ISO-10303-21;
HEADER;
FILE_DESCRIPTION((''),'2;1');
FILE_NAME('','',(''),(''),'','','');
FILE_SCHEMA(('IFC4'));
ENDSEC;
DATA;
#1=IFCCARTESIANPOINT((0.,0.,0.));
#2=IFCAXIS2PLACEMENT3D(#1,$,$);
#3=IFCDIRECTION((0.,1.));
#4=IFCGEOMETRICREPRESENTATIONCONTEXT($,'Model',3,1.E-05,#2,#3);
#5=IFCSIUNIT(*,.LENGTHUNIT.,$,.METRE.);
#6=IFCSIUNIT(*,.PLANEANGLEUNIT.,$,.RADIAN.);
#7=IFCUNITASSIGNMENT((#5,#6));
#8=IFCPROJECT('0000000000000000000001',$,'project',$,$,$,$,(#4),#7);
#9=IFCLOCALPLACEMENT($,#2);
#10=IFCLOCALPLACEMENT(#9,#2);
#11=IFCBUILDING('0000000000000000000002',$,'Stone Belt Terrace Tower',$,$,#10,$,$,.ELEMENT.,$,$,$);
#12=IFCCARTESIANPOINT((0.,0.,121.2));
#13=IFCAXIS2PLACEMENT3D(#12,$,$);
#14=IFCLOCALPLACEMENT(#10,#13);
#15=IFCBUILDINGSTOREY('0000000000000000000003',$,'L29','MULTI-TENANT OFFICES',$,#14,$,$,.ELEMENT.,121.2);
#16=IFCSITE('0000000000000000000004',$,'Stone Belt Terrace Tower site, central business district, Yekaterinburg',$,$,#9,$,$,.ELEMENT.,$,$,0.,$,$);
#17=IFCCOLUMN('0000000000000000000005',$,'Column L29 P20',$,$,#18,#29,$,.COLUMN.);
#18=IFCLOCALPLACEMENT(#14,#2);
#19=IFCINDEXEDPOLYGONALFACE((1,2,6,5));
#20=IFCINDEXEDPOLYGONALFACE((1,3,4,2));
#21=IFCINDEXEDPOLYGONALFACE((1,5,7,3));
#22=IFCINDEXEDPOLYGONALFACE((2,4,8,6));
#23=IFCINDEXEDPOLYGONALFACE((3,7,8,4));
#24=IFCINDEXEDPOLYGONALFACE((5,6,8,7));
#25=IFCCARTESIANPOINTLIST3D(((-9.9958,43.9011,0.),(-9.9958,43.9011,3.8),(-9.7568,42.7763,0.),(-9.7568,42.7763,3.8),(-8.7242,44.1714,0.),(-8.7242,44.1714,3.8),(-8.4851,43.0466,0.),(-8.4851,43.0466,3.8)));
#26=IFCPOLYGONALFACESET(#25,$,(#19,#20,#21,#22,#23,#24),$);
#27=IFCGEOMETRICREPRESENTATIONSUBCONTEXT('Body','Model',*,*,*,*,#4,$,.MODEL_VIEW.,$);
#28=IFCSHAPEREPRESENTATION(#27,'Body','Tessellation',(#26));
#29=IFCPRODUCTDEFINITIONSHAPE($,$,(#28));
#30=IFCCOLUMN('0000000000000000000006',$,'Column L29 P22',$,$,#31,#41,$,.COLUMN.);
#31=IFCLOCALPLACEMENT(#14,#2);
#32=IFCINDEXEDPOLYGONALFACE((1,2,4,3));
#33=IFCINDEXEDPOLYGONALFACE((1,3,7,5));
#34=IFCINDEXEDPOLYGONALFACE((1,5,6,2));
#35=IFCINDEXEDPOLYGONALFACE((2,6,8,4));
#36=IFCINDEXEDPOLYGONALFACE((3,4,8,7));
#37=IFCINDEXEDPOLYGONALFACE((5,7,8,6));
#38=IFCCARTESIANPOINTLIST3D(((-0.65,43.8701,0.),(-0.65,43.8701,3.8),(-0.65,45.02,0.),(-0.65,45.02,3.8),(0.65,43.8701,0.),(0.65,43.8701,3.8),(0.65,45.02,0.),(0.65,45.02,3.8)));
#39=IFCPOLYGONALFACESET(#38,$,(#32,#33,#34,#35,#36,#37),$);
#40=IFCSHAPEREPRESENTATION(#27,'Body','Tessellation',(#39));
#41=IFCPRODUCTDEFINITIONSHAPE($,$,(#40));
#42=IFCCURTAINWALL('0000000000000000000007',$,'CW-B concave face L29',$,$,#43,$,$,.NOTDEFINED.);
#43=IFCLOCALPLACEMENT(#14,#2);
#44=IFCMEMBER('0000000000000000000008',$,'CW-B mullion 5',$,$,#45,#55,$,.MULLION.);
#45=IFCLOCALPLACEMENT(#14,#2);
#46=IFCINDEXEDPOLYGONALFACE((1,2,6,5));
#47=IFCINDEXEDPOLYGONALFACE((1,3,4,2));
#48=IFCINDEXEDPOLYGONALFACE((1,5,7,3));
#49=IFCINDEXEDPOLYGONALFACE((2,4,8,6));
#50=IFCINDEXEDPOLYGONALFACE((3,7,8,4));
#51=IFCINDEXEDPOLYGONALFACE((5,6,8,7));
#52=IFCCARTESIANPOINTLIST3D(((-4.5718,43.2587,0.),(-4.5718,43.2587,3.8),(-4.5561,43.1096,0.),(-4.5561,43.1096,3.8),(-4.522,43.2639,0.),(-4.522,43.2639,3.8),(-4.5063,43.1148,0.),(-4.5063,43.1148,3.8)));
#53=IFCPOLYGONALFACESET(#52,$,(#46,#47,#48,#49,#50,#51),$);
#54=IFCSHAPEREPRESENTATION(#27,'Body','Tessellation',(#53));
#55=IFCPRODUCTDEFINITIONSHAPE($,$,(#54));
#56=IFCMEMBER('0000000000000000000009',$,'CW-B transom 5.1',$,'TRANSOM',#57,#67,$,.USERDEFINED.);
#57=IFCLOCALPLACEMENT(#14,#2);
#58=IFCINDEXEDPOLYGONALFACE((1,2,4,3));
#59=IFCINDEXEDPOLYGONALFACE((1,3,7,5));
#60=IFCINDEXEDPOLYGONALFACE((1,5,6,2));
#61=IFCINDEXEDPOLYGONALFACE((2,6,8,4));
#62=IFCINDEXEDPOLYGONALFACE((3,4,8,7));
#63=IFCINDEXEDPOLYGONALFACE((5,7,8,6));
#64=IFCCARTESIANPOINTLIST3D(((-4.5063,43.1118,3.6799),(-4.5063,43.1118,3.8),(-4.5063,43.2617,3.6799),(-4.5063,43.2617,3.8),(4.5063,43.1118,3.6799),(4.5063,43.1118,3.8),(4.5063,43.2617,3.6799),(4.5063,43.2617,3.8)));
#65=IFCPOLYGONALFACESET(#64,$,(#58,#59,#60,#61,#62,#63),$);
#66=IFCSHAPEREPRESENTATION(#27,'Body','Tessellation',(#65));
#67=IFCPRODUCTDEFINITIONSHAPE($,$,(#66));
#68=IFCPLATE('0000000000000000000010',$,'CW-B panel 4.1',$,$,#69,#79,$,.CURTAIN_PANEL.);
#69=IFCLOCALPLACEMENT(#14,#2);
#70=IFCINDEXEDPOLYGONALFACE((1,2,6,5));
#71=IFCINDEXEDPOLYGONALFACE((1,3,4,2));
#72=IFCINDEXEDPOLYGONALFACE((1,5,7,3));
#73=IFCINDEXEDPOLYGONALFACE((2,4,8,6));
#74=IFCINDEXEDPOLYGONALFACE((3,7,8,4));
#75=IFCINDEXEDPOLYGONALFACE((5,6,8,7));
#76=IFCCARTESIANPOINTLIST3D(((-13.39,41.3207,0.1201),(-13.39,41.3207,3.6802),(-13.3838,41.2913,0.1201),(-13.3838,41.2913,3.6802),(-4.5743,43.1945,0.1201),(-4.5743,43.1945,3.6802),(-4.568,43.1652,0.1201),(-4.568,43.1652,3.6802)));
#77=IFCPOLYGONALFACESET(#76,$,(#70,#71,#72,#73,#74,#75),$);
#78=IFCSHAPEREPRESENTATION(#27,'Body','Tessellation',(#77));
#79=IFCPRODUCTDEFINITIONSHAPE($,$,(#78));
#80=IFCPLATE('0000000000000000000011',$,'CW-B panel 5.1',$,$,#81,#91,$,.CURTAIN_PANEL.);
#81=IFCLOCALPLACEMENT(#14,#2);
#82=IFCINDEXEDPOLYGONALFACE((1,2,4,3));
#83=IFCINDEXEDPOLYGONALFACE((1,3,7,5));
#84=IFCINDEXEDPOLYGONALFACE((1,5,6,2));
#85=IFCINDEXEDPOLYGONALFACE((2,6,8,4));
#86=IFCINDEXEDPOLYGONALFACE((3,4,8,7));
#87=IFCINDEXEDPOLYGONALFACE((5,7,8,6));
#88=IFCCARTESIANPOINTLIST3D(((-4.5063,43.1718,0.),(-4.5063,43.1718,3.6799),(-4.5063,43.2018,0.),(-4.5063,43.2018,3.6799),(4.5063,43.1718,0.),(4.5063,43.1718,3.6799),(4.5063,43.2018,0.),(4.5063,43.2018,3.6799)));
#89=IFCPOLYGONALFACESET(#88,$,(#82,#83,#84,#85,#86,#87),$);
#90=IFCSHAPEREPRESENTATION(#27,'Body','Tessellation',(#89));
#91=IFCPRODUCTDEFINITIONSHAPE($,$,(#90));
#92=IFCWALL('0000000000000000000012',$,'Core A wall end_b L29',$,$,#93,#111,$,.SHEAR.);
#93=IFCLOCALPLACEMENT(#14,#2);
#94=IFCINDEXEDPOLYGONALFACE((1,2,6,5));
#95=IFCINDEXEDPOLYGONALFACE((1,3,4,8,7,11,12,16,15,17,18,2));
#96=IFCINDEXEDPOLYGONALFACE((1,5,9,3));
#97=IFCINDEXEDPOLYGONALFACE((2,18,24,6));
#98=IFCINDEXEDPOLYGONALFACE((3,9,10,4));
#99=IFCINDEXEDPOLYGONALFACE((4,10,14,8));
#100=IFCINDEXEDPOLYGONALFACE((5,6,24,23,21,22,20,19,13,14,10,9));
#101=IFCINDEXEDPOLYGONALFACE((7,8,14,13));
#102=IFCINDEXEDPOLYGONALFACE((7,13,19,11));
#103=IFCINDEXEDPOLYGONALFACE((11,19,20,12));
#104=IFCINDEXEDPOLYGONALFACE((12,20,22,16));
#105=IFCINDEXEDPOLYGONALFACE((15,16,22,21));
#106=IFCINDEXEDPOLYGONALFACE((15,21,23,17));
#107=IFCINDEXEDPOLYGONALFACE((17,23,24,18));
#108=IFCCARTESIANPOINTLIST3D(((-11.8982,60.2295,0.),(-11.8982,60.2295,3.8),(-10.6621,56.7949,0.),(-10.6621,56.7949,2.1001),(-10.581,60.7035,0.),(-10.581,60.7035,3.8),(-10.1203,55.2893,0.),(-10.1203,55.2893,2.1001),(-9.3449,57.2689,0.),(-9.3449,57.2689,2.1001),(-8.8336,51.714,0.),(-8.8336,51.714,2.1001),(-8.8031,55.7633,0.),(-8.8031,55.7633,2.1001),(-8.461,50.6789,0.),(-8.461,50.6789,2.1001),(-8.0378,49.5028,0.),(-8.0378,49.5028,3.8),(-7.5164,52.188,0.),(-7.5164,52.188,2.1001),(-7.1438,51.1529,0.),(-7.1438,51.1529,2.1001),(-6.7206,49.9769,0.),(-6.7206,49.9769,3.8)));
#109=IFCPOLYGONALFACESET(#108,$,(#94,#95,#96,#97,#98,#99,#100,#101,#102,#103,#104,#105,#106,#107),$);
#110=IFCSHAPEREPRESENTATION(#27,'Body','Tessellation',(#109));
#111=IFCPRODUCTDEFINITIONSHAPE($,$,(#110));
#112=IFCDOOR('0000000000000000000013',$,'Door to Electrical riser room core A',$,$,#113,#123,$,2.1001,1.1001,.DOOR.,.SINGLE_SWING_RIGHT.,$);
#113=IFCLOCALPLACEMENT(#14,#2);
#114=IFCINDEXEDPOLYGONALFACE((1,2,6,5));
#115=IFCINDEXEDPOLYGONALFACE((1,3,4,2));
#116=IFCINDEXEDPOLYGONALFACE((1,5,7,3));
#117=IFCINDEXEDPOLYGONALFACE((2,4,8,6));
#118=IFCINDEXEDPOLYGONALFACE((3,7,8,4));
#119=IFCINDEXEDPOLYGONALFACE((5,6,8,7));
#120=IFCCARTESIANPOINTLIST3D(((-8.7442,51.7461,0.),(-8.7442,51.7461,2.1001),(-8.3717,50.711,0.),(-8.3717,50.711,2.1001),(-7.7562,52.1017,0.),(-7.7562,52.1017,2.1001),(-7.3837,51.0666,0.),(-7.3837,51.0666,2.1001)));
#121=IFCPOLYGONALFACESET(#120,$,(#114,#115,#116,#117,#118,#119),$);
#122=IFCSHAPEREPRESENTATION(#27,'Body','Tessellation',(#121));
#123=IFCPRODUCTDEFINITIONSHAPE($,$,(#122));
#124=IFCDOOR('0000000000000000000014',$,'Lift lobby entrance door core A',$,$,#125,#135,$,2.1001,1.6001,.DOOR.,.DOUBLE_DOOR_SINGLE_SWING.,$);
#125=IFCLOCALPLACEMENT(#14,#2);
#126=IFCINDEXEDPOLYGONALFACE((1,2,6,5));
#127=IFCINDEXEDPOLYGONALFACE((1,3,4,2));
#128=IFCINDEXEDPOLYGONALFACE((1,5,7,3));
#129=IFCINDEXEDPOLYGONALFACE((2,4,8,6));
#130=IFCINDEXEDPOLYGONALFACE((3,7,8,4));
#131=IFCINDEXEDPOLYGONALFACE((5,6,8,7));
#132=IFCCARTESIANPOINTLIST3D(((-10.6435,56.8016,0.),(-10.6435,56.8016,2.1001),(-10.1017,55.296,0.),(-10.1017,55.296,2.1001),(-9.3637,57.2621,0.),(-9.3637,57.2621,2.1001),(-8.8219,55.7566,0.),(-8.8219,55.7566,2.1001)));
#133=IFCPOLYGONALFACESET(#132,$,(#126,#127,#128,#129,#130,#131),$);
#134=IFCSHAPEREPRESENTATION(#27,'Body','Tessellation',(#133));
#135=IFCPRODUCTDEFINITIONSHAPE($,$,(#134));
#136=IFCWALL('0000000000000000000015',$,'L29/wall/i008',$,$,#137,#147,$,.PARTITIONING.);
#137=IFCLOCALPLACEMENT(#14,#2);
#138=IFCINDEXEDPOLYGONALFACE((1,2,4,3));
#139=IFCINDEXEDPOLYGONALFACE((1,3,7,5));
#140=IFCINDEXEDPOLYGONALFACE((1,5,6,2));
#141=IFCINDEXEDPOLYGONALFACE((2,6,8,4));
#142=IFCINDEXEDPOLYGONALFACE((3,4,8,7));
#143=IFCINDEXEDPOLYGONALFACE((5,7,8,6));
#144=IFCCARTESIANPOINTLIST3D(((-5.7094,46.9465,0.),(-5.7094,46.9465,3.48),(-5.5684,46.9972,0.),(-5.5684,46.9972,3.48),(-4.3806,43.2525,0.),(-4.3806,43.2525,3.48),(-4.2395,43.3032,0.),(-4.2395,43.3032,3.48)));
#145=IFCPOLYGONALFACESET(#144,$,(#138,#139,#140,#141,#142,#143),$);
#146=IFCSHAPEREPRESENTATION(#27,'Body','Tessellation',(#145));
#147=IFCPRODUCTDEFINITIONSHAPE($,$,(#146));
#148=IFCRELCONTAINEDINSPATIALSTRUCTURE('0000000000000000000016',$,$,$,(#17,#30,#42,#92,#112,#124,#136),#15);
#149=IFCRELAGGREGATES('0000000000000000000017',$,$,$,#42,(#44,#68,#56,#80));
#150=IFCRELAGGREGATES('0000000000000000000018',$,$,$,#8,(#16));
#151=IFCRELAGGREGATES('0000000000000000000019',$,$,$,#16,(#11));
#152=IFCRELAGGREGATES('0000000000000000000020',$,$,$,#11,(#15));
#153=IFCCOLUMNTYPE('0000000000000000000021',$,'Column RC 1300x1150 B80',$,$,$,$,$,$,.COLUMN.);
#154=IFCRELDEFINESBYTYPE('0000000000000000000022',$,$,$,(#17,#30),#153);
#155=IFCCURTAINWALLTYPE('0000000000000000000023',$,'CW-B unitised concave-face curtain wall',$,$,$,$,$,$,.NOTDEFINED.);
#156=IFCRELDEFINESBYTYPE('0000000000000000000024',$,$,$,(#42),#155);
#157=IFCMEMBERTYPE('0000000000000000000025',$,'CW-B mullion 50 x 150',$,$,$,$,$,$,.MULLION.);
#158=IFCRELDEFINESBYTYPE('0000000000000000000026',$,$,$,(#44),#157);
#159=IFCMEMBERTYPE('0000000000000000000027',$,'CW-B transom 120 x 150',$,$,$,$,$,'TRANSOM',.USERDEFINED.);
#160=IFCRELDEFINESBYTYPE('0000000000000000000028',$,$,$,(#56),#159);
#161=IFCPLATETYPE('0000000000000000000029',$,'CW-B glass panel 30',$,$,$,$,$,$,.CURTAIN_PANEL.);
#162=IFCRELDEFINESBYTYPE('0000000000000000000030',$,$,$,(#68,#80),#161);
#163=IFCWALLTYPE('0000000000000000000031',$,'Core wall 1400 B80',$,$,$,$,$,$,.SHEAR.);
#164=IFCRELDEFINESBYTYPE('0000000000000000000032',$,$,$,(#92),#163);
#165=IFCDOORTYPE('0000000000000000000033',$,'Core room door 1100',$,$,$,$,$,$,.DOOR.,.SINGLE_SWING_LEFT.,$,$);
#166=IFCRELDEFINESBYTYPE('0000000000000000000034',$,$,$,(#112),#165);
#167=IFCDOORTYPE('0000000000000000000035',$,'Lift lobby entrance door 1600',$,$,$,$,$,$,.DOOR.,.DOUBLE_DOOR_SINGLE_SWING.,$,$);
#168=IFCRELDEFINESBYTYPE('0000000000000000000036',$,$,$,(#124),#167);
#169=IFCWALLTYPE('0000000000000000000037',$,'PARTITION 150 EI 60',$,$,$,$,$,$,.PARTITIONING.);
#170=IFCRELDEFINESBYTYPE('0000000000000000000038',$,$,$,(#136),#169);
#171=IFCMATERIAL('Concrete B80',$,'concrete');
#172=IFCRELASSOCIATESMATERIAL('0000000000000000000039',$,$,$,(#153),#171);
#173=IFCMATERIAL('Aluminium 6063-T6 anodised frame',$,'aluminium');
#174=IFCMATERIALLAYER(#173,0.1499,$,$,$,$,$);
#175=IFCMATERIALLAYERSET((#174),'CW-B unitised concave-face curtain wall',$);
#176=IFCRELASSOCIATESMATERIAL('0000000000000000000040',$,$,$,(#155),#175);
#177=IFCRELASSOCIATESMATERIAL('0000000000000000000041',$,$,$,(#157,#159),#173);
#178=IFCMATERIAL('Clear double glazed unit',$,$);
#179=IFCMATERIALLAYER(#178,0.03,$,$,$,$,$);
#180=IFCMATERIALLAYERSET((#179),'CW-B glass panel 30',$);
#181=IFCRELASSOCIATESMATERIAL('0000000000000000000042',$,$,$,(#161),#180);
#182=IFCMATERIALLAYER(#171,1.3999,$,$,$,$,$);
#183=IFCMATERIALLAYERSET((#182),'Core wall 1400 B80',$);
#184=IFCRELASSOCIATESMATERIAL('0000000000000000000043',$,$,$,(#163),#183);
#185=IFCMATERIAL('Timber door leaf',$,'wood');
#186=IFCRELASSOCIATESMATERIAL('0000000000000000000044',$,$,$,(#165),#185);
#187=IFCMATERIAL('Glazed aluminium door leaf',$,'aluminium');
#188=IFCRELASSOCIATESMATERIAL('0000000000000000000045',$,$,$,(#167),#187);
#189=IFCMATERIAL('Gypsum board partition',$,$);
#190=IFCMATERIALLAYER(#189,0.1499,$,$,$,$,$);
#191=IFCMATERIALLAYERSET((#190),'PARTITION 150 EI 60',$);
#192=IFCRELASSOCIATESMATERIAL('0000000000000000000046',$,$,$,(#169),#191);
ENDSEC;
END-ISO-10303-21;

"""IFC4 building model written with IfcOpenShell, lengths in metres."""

from ifc_helpers import new_model, si_unit, direction, frame, frame_2d, origin, origin_2d, place, context, subcontext, project, spatial, rectangle, extrude, material, layer, layer_set, material_profile, profile_set, type_object, element, fill, aggregate, save


model = new_model("IFC4")

# Units and contexts
model_context = context("Model", 3, precision=1e-05, world=origin(), true_north=direction((0.0, 1.0)))
body_context = subcontext(model_context, "Body", "Model", "MODEL_VIEW")
ifc_project = project(units=[si_unit("LENGTHUNIT", "METRE"), si_unit("PLANEANGLEUNIT", "RADIAN")], contexts=[model_context])

# Site, building, storey
site_placement = place(None, origin())
site = spatial("IfcSite", under=ifc_project, at=site_placement, Name="Stone Belt Terrace Tower site, central business district, Yekaterinburg", CompositionType="ELEMENT", RefElevation=0.0)
building_placement = place(site_placement, origin())
building = spatial("IfcBuilding", under=site, at=building_placement, Name="Stone Belt Terrace Tower", CompositionType="ELEMENT")
storey_placement = place(building_placement, frame((0.0, 0.0, 121.2)))
storey = spatial("IfcBuildingStorey", under=building, at=storey_placement, Name="L29", Description="MULTI-TENANT OFFICES", CompositionType="ELEMENT", Elevation=121.2)

# Columns
ifc_material_1 = material(Name="Concrete B80", Category="concrete")
ifc_material_profile_1 = material_profile(ifc_material_1, rectangle(XDim=1.3, YDim=1.1499, at=origin_2d()), Name="RC 1300x1150")
ifc_profile_set_1 = profile_set([ifc_material_profile_1], Name="Concrete B80")
column_type = type_object("IfcColumnType", Name="Column RC 1300x1150 B80", PredefinedType="COLUMN", material=ifc_profile_set_1)
for number, where, z_axis, x_axis, name in (
    (1, (-9.2405, 43.4739, 0.0), (0.0, 0.0, 1.0), (0.978148, 0.207912, 0.0), "Column L29 P20"),
    (2, (0.0, 44.4451, 0.0), (0.0, 0.0, 1.0), (1.0, 0.0, 0.0), "Column L29 P22"),
):
    element("IfcColumn", number, at=place(storey_placement, frame(where, z_axis=z_axis, x_axis=x_axis)), inside=storey, type_object=column_type, Name=name, PredefinedType="COLUMN", context=body_context, shape_type="SweptSolid", body=[
        extrude(rectangle(XDim=1.3, YDim=1.1499, at=origin_2d()), origin(), (0.0, 0.0, 1.0), 3.8),
    ])

# Curtain wall, members, plates
ifc_material_2 = material(Name="Aluminium 6063-T6 anodised frame", Category="aluminium")
ifc_layer_1 = layer(ifc_material_2, 0.1499)
ifc_layer_set_1 = layer_set([ifc_layer_1], Name="CW-B unitised concave-face curtain wall")
curtain_wall_type = type_object("IfcCurtainWallType", Name="CW-B unitised concave-face curtain wall", PredefinedType="NOTDEFINED", material=ifc_layer_set_1)
curtain_wall_placement = place(storey_placement, origin())
curtain_wall = element("IfcCurtainWall", 3, at=curtain_wall_placement, inside=storey, type_object=curtain_wall_type, Name="CW-B concave face L29", PredefinedType="NOTDEFINED")
ifc_material_profile_2 = material_profile(ifc_material_2, rectangle(XDim=0.1499, YDim=0.05, at=origin_2d()), Name="Aluminium 6063-T6 50x150")
ifc_profile_set_2 = profile_set([ifc_material_profile_2], Name="Aluminium 6063-T6 anodised frame")
member_type_1 = type_object("IfcMemberType", Name="CW-B mullion 50 x 150", PredefinedType="MULLION", material=ifc_profile_set_2)
member_1_placement = place(storey_placement, frame((-4.5391, 43.1868, 0.0), z_axis=(0.0, 0.0, 1.0), x_axis=(-0.104528, 0.994522, 0.0)))
member_1 = element("IfcMember", 4, at=member_1_placement, type_object=member_type_1, Name="CW-B mullion 5", PredefinedType="MULLION", context=body_context, shape_type="SweptSolid", body=[
    extrude(rectangle(XDim=0.1499, YDim=0.05, at=origin_2d()), origin(), (0.0, 0.0, 1.0), 3.8),
])
ifc_material_profile_3 = material_profile(ifc_material_2, rectangle(XDim=0.1499, YDim=0.1201, at=origin_2d()), Name="Aluminium 6063-T6 150x120")
ifc_profile_set_3 = profile_set([ifc_material_profile_3], Name="Aluminium 6063-T6 anodised frame")
member_type_2 = type_object("IfcMemberType", Name="CW-B transom 120 x 150", ElementType="TRANSOM", PredefinedType="USERDEFINED", material=ifc_profile_set_3)
member_2_placement = place(storey_placement, frame((-4.5063, 43.1868, 3.74), z_axis=(1.0, 0.0, 0.0), x_axis=(0.0, 1.0, 0.0)))
member_2 = element("IfcMember", 5, at=member_2_placement, type_object=member_type_2, Name="CW-B transom 5.1", ObjectType="TRANSOM", PredefinedType="USERDEFINED", context=body_context, shape_type="SweptSolid", body=[
    extrude(rectangle(XDim=0.1499, YDim=0.1201, at=origin_2d()), origin(), (0.0, 0.0, 1.0), 9.0127),
])
ifc_material_3 = material(Name="Clear double glazed unit")
ifc_layer_2 = layer(ifc_material_3, 0.03)
ifc_layer_set_2 = layer_set([ifc_layer_2], Name="CW-B glass panel 30")
plate_type = type_object("IfcPlateType", Name="CW-B glass panel 30", PredefinedType="CURTAIN_PANEL", material=ifc_layer_set_2)
plate_1_placement = place(storey_placement, frame((-8.979, 42.2429, 0.1201), z_axis=(0.0, 0.0, 1.0), x_axis=(0.978148, 0.207912, 0.0)))
plate_1 = element("IfcPlate", 6, at=plate_1_placement, type_object=plate_type, Name="CW-B panel 4.1", PredefinedType="CURTAIN_PANEL", context=body_context, shape_type="SweptSolid", body=[
    extrude(rectangle(XDim=9.0127, YDim=0.03, at=origin_2d()), origin(), (0.0, 0.0, 1.0), 3.5601),
])
plate_2_placement = place(storey_placement, frame((0.0, 43.1868, 0.0), z_axis=(0.0, 0.0, 1.0), x_axis=(1.0, 0.0, 0.0)))
plate_2 = element("IfcPlate", 7, at=plate_2_placement, type_object=plate_type, Name="CW-B panel 5.1", PredefinedType="CURTAIN_PANEL", context=body_context, shape_type="SweptSolid", body=[
    extrude(rectangle(XDim=9.0127, YDim=0.03, at=origin_2d()), origin(), (0.0, 0.0, 1.0), 3.6799),
])
aggregate(curtain_wall, [member_1, plate_1, member_2, plate_2])

# Wall, openings, doors
ifc_layer_3 = layer(ifc_material_1, 1.3999)
ifc_layer_set_3 = layer_set([ifc_layer_3], Name="Core wall 1400 B80")
wall_type_1 = type_object("IfcWallType", Name="Core wall 1400 B80", PredefinedType="SHEAR", material=ifc_layer_set_3)
wall_1_placement = place(storey_placement, frame((-7.3792, 49.7397, 0.0), z_axis=(0.0, 0.0, 1.0), x_axis=(-0.338625, 0.940921, 0.0)))
wall_1 = element("IfcWall", 8, at=wall_1_placement, inside=storey, type_object=wall_type_1, Name="Core A wall end_b L29", PredefinedType="SHEAR", context=body_context, shape_type="SweptSolid", body=[
    extrude(rectangle(XDim=11.4001, YDim=1.3999, at=frame_2d((5.7002, 0.0))), origin(), (0.0, 0.0, 1.0), 3.8),
])
opening_1_placement = place(wall_1_placement, frame((6.1499, 0.0, 0.0)))
opening_1 = element("IfcOpeningElement", 9, at=opening_1_placement, cuts=wall_1, PredefinedType="OPENING", context=body_context, shape_type="SweptSolid", body=[
    extrude(rectangle(XDim=1.6001, YDim=2.1001, at=frame_2d((0.8, 1.05))), frame((0.0, 0.71, 0.0), z_axis=(0.0, -1.0, 0.0), x_axis=(1.0, 0.0, 0.0)), (0.0, 0.0, 1.0), 1.4199),
])
opening_2_placement = place(wall_1_placement, frame((1.25, 0.0, 0.0)))
opening_2 = element("IfcOpeningElement", 10, at=opening_2_placement, cuts=wall_1, PredefinedType="OPENING", context=body_context, shape_type="SweptSolid", body=[
    extrude(rectangle(XDim=1.1001, YDim=2.1001, at=frame_2d((0.55, 1.05))), frame((0.0, 0.71, 0.0), z_axis=(0.0, -1.0, 0.0), x_axis=(1.0, 0.0, 0.0)), (0.0, 0.0, 1.0), 1.4199),
])
ifc_material_4 = material(Name="Timber door leaf", Category="wood")
door_type_1 = type_object("IfcDoorType", Name="Core room door 1100", OperationType="SINGLE_SWING_LEFT", PredefinedType="DOOR", material=ifc_material_4)
door_1_placement = place(opening_2_placement, origin())
door_1 = element("IfcDoor", 11, at=door_1_placement, inside=storey, type_object=door_type_1, Name="Door to Electrical riser room core A", OperationType="SINGLE_SWING_RIGHT", OverallHeight=2.1001, OverallWidth=1.1001, PredefinedType="DOOR", context=body_context, shape_type="SweptSolid", body=[
    extrude(rectangle(XDim=1.1001, YDim=2.1001, at=frame_2d((0.55, 1.05))), frame((0.0, 0.605, 0.0), z_axis=(0.0, -1.0, 0.0), x_axis=(1.0, 0.0, 0.0)), (0.0, 0.0, 1.0), 1.05),
])
fill(opening_2, door_1)
ifc_material_5 = material(Name="Glazed aluminium door leaf", Category="aluminium")
door_type_2 = type_object("IfcDoorType", Name="Lift lobby entrance door 1600", OperationType="DOUBLE_DOOR_SINGLE_SWING", PredefinedType="DOOR", material=ifc_material_5)
door_2_placement = place(opening_1_placement, origin())
door_2 = element("IfcDoor", 12, at=door_2_placement, inside=storey, type_object=door_type_2, Name="Lift lobby entrance door core A", OperationType="DOUBLE_DOOR_SINGLE_SWING", OverallHeight=2.1001, OverallWidth=1.6001, PredefinedType="DOOR", context=body_context, shape_type="SweptSolid", body=[
    extrude(rectangle(XDim=1.6001, YDim=2.1001, at=frame_2d((0.8, 1.05))), frame((0.0, 0.6802, 0.0), z_axis=(0.0, -1.0, 0.0), x_axis=(1.0, 0.0, 0.0)), (0.0, 0.0, 1.0), 1.3601),
])
fill(opening_1, door_2)

# Wall
ifc_material_6 = material(Name="Gypsum board partition")
ifc_layer_4 = layer(ifc_material_6, 0.1499)
ifc_layer_set_4 = layer_set([ifc_layer_4], Name="PARTITION 150 EI 60")
wall_type_2 = type_object("IfcWallType", Name="PARTITION 150 EI 60", PredefinedType="PARTITIONING", material=ifc_layer_set_4)
wall_2_placement = place(storey_placement, frame((-4.3101, 43.2778, 0.0), z_axis=(0.0, 0.0, 1.0), x_axis=(-0.33849, 0.94097, 0.0)))
element("IfcWall", 13, at=wall_2_placement, inside=storey, type_object=wall_type_2, Name="L29/wall/i008", PredefinedType="PARTITIONING", context=body_context, shape_type="SweptSolid", body=[
    extrude(rectangle(XDim=3.9258, YDim=0.1499, at=frame_2d((1.9629, 0.0))), origin(), (0.0, 0.0, 1.0), 3.48),
])

save(model, "model.ifc")
